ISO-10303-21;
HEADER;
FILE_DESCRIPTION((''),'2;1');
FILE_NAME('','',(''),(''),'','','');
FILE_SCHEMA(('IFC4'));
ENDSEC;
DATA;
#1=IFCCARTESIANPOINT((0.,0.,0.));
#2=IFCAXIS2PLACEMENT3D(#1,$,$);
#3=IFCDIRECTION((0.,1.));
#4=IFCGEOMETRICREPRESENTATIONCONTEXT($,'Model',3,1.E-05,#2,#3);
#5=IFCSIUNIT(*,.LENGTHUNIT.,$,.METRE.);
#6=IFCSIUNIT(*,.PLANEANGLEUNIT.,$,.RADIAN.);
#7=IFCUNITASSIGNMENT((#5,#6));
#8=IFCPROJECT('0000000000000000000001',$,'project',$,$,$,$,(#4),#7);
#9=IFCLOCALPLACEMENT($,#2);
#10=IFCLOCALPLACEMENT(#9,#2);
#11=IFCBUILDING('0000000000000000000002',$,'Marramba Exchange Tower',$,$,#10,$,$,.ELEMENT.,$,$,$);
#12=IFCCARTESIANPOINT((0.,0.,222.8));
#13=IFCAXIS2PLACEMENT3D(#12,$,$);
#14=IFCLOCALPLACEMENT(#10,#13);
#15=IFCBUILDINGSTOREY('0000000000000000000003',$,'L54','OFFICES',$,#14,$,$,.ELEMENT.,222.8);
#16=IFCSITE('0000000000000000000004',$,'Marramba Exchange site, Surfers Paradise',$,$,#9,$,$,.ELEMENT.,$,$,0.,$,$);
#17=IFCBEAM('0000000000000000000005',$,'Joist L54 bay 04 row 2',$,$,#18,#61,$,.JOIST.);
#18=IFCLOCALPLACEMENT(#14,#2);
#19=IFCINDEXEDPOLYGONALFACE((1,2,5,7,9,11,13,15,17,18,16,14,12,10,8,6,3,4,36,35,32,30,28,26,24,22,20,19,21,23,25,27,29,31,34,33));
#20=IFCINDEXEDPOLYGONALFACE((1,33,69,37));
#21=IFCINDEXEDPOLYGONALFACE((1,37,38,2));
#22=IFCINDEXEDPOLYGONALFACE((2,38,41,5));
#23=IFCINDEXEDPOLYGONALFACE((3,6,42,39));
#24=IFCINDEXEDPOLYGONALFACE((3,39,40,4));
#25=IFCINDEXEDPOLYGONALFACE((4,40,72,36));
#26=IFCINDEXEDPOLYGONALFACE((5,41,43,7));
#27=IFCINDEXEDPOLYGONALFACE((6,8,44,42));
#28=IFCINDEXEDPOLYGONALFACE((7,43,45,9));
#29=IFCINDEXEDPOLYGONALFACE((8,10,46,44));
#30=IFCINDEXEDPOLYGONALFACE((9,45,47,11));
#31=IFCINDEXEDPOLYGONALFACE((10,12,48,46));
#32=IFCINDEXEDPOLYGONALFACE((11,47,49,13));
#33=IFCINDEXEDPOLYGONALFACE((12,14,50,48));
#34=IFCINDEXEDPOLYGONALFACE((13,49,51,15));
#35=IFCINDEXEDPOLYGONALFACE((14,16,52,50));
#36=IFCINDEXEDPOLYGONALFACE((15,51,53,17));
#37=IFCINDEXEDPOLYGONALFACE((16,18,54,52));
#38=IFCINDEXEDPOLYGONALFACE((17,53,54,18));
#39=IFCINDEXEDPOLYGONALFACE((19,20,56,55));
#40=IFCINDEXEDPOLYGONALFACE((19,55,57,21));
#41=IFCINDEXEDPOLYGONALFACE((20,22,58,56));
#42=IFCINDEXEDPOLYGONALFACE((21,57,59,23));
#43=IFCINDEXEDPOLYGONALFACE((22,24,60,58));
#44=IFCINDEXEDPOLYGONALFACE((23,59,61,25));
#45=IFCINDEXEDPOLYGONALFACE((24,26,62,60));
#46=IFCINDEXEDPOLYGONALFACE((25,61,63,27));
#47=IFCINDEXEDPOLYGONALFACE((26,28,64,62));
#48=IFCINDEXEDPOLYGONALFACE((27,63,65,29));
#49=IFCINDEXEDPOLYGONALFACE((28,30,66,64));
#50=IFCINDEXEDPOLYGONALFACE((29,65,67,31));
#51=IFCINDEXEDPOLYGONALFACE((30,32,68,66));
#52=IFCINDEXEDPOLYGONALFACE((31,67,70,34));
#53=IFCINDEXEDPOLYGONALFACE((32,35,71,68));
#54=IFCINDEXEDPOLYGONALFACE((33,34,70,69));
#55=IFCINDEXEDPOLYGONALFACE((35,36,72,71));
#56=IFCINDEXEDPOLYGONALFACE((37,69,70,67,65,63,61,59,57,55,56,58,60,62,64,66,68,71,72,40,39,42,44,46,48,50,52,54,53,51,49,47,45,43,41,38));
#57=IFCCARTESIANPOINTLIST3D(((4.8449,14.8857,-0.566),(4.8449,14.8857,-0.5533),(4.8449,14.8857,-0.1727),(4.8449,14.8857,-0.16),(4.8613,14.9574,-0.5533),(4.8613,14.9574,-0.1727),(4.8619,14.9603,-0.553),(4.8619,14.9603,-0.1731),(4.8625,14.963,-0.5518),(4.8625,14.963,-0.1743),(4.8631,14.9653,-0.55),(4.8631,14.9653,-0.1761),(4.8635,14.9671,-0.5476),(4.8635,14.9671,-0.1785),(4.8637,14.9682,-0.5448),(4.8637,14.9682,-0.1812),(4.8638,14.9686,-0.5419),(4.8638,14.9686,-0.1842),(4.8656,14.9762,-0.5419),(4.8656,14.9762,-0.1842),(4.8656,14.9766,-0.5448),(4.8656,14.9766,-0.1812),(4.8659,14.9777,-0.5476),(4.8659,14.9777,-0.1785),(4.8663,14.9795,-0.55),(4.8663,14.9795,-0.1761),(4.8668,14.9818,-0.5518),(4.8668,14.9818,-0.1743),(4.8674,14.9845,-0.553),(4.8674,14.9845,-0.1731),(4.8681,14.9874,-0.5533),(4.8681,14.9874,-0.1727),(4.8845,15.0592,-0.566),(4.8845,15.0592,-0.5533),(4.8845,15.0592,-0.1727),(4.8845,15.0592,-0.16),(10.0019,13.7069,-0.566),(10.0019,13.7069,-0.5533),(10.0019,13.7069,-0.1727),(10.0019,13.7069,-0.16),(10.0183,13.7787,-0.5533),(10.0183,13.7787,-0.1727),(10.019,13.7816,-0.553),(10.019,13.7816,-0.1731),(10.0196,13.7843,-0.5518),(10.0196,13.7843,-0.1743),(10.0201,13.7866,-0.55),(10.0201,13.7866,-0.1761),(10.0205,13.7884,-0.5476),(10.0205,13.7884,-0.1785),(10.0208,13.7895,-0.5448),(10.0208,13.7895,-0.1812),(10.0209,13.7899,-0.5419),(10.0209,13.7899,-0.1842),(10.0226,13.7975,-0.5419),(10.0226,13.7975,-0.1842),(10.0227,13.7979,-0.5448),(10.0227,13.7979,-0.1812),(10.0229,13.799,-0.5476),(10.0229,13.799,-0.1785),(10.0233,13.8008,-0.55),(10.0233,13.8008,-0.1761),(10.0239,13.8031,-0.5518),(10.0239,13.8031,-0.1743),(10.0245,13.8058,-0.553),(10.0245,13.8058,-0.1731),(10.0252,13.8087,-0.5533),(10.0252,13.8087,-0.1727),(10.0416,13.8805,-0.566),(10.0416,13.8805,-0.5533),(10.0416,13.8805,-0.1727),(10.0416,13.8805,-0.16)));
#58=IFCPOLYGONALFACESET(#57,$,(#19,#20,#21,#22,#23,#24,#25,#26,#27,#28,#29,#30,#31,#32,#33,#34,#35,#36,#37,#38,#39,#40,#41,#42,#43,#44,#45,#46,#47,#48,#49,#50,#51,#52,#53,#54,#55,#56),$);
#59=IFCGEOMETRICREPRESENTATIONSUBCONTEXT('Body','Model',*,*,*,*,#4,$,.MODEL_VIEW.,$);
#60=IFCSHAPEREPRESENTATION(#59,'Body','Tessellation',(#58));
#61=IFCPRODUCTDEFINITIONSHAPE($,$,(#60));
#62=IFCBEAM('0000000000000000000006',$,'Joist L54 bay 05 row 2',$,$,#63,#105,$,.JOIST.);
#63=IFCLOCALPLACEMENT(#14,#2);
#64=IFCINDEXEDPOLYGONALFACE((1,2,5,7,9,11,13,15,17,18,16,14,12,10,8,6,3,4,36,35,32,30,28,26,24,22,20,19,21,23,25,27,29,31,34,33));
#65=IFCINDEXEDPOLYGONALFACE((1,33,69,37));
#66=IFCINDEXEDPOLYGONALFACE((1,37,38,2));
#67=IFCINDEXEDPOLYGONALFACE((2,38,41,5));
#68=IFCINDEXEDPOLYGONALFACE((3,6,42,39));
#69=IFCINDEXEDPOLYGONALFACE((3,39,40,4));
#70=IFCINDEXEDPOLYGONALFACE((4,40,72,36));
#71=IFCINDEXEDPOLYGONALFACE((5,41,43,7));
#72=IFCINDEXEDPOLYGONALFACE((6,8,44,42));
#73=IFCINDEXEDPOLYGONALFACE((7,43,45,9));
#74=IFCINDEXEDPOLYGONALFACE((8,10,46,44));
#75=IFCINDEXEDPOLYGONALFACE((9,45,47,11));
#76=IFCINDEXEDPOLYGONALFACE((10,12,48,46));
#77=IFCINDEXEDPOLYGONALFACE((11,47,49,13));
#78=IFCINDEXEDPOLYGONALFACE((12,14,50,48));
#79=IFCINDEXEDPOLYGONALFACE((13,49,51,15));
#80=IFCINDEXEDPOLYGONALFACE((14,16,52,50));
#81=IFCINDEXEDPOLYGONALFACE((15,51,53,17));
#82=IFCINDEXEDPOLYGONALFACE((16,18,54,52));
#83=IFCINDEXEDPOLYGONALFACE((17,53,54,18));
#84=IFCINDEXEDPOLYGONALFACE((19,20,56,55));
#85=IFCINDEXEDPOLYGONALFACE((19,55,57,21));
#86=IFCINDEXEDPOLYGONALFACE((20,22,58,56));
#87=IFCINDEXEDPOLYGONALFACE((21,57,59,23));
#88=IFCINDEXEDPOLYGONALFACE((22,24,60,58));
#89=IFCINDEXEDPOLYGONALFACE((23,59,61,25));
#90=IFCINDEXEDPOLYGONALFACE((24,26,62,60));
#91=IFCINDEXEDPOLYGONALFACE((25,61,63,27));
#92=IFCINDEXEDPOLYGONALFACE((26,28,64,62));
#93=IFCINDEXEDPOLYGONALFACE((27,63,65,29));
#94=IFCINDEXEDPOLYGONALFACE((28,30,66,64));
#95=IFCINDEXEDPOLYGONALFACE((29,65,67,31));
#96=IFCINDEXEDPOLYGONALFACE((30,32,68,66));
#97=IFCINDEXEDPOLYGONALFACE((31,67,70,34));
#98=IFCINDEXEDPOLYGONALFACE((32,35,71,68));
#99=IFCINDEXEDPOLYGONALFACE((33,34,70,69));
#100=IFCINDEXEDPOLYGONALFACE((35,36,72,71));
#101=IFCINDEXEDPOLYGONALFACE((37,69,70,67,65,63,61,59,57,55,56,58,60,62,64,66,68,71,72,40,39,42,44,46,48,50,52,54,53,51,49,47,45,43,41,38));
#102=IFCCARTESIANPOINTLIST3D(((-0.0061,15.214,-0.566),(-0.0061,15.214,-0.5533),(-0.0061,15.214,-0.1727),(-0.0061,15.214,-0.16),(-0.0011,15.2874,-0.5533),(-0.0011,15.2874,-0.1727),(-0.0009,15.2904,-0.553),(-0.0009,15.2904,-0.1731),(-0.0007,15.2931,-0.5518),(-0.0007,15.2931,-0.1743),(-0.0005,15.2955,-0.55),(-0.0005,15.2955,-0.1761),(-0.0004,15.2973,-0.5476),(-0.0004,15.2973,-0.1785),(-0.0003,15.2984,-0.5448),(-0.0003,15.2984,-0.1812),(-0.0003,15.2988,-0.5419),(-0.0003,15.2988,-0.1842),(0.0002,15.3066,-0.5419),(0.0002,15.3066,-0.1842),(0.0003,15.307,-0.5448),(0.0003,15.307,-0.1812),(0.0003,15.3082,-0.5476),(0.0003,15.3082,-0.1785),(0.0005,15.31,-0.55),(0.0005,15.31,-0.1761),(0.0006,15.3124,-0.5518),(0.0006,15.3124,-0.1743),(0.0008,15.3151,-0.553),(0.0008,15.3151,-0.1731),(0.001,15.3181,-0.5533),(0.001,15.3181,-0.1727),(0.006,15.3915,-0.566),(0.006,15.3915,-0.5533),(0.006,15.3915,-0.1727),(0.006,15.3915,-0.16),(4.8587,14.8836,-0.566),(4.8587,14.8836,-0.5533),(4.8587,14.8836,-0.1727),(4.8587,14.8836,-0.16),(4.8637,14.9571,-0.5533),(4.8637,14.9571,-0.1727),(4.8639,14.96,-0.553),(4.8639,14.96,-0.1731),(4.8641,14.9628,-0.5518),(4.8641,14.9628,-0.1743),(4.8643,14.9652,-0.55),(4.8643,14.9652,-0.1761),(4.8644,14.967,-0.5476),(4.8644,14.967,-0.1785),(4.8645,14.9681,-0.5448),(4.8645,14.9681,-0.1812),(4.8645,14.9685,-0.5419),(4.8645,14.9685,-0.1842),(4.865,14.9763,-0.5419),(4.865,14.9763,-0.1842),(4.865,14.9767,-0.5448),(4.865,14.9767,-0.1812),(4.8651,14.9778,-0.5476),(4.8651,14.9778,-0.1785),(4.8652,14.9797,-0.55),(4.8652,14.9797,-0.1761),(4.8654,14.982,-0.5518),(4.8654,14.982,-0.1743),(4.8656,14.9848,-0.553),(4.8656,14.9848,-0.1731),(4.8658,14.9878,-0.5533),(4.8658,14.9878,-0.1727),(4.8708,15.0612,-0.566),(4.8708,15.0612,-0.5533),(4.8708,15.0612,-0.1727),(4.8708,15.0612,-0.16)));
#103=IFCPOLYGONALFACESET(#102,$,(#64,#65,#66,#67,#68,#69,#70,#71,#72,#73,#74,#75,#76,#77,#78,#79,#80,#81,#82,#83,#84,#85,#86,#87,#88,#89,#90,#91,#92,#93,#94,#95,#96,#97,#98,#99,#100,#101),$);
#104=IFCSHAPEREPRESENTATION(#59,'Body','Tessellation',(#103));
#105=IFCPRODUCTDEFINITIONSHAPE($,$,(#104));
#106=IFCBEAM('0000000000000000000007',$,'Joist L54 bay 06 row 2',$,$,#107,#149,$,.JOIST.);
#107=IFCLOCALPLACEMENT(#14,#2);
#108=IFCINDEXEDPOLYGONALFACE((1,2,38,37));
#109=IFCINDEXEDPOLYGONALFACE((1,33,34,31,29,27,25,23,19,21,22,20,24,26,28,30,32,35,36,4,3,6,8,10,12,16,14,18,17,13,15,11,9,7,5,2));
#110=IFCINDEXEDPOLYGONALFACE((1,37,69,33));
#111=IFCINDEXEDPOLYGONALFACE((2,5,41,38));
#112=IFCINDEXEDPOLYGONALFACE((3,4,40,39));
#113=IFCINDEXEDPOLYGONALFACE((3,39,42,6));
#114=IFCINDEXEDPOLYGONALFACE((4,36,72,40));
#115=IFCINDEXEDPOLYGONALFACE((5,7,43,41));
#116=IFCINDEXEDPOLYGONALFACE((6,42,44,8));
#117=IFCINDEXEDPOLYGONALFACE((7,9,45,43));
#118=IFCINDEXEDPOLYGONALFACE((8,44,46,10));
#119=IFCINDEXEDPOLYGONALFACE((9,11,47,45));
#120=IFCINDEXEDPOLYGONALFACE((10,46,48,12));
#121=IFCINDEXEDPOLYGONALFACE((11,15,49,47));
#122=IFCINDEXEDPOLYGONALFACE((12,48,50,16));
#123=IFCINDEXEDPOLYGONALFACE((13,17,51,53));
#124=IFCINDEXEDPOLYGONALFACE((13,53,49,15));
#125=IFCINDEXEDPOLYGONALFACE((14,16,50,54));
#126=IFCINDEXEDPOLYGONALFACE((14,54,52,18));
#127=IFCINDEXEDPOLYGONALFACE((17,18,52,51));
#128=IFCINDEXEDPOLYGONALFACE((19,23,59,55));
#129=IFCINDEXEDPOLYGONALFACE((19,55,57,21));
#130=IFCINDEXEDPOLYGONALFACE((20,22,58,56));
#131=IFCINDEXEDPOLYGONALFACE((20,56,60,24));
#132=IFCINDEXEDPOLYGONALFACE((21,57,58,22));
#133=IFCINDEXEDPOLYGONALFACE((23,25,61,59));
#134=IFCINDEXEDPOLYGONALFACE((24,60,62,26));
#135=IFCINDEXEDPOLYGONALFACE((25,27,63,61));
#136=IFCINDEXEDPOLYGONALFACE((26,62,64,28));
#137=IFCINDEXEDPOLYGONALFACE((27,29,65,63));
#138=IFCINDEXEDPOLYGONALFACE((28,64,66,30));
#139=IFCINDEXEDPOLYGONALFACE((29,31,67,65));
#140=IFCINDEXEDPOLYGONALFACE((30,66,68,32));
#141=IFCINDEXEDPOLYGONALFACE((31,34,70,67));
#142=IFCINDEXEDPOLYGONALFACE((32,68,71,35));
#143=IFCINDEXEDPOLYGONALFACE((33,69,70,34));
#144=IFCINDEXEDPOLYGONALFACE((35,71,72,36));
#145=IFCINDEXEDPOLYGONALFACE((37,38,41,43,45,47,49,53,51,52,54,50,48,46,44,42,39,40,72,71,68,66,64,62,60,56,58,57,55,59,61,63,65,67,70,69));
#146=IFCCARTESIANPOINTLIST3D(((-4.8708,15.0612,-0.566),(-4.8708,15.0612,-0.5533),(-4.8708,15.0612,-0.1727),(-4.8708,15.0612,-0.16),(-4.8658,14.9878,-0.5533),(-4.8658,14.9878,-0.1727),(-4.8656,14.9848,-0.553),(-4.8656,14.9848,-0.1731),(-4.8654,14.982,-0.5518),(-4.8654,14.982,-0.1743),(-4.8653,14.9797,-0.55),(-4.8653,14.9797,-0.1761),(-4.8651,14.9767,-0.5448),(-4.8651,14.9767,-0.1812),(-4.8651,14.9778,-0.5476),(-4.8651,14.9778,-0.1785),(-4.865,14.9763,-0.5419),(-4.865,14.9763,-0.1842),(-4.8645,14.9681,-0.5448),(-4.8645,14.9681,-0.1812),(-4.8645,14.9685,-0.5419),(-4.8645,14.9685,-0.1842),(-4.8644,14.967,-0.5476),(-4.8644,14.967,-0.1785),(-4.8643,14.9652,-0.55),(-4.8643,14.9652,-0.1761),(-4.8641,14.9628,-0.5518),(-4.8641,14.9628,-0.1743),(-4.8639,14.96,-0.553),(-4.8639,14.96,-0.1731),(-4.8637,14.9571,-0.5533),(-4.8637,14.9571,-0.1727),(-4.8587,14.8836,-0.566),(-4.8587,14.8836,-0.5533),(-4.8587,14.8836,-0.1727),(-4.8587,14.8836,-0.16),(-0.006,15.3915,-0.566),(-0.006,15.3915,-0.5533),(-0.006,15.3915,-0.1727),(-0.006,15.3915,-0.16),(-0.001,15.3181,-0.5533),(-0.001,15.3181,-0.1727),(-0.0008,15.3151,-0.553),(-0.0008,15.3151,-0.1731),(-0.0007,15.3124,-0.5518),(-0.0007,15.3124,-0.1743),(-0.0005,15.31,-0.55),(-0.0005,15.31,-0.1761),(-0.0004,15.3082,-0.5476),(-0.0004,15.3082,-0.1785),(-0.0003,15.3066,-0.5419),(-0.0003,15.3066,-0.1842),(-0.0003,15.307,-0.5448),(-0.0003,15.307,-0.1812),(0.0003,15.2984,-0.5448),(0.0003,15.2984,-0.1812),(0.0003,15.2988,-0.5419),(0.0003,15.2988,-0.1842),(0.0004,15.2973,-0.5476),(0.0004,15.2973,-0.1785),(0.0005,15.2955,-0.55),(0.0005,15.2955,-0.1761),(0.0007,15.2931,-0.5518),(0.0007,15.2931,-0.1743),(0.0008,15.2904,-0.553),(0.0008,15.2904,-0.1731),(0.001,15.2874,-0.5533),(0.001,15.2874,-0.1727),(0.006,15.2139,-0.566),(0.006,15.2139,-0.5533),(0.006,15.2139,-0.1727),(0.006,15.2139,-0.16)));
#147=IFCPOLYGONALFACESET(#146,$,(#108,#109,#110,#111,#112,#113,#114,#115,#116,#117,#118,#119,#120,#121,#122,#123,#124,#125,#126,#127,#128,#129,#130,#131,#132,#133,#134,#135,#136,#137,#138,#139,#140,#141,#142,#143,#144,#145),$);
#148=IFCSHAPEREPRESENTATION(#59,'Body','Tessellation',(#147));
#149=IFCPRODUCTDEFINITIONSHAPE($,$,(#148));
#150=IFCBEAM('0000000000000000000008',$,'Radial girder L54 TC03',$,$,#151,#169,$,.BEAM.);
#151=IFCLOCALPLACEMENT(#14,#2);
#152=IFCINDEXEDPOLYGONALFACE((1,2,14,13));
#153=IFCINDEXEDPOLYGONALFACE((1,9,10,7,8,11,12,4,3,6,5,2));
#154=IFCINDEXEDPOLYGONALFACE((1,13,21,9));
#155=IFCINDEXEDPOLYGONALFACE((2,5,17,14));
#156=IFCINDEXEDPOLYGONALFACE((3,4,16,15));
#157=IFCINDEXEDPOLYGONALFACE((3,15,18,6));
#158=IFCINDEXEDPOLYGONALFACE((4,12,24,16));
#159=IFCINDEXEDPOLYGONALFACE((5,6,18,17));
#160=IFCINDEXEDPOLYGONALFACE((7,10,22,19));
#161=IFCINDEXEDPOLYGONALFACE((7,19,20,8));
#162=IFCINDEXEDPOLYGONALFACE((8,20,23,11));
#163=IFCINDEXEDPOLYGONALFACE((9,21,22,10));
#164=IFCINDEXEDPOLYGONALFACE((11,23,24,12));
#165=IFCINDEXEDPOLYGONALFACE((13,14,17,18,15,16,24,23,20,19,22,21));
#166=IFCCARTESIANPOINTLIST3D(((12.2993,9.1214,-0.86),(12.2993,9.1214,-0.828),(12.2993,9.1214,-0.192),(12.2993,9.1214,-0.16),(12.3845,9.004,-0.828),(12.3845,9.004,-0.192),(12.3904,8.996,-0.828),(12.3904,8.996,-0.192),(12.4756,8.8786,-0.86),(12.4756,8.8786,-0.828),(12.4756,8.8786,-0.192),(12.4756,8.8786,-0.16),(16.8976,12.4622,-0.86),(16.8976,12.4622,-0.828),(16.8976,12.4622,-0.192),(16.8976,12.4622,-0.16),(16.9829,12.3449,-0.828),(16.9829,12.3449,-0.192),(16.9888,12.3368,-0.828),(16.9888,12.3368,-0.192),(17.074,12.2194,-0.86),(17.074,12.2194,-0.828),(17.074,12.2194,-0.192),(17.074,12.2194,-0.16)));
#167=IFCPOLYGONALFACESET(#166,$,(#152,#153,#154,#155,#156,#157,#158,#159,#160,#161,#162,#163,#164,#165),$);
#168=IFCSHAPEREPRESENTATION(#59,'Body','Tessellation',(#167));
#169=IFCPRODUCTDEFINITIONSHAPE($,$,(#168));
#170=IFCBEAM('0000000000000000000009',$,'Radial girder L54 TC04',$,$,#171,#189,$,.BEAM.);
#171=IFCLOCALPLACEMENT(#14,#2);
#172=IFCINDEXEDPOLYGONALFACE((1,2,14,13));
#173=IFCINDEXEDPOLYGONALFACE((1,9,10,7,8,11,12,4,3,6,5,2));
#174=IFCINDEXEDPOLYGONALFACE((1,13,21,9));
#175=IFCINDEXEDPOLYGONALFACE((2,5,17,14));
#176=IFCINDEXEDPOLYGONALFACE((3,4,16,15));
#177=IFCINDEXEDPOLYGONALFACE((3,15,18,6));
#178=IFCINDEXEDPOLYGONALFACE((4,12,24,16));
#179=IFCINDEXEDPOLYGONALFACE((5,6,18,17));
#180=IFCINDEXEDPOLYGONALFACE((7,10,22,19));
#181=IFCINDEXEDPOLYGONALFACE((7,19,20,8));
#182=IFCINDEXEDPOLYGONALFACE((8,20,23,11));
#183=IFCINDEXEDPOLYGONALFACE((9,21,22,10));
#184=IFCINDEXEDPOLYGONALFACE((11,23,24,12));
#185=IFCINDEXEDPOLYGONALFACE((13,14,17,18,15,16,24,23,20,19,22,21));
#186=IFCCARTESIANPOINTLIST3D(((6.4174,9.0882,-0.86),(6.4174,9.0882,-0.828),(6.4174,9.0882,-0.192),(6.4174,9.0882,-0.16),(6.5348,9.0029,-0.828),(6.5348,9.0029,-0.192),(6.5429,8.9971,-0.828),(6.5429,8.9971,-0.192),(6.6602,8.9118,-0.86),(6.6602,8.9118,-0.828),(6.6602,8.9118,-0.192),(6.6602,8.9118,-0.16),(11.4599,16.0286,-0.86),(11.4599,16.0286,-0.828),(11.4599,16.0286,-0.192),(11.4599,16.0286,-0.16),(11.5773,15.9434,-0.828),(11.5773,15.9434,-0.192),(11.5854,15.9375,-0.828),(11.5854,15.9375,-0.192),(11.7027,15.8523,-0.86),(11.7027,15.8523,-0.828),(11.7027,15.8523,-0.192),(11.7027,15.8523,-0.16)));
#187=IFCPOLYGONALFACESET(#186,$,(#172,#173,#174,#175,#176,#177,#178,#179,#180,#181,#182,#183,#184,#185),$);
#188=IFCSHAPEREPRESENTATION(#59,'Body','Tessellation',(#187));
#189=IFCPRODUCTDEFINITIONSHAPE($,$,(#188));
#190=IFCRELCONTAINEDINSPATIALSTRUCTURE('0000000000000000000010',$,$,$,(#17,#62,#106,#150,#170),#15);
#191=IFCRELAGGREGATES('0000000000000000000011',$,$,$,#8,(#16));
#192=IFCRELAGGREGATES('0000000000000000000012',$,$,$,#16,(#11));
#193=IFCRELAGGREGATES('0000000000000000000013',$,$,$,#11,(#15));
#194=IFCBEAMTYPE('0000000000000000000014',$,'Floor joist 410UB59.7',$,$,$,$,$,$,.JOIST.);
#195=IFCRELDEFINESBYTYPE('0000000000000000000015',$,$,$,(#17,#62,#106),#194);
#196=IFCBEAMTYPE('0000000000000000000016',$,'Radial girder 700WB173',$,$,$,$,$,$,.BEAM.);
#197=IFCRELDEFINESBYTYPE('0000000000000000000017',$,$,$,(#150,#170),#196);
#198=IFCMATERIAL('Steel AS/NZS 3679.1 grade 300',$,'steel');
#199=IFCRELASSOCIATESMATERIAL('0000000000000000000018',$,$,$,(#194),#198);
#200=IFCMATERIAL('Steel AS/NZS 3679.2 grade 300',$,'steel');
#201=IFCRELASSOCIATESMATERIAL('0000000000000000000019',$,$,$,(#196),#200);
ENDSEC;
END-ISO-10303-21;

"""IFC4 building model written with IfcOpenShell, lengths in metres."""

from ifc_helpers import new_model, si_unit, direction, frame, origin, origin_2d, place, context, subcontext, project, spatial, i_section, extrude, material, material_profile, profile_set, type_object, element, save


model = new_model("IFC4")

# Units and contexts
model_context = context("Model", 3, precision=1e-05, world=origin(), true_north=direction((0.0, 1.0)))
body_context = subcontext(model_context, "Body", "Model", "MODEL_VIEW")
ifc_project = project(units=[si_unit("LENGTHUNIT", "METRE"), si_unit("PLANEANGLEUNIT", "RADIAN")], contexts=[model_context])

# Site, building, storey
site_placement = place(None, origin())
site = spatial("IfcSite", under=ifc_project, at=site_placement, Name="Marramba Exchange site, Surfers Paradise", CompositionType="ELEMENT", RefElevation=0.0)
building_placement = place(site_placement, origin())
building = spatial("IfcBuilding", under=site, at=building_placement, Name="Marramba Exchange Tower", CompositionType="ELEMENT")
storey_placement = place(building_placement, frame((0.0, 0.0, 222.8)))
storey = spatial("IfcBuildingStorey", under=building, at=storey_placement, Name="L54", Description="OFFICES", CompositionType="ELEMENT", Elevation=222.8)

# Beams
ifc_material_1 = material(Name="Steel AS/NZS 3679.1 grade 300", Category="steel")
ifc_material_profile_1 = material_profile(ifc_material_1, i_section(OverallWidth=0.178, OverallDepth=0.406, WebThickness=0.0078, FlangeThickness=0.0127, FilletRadius=0.0115, at=origin_2d()), Name="410UB59.7")
ifc_profile_set_1 = profile_set([ifc_material_profile_1], Name="Steel AS/NZS 3679.1 grade 300")
beam_type_1 = type_object("IfcBeamType", Name="Floor joist 410UB59.7", PredefinedType="JOIST", material=ifc_profile_set_1)
beam_1_placement = place(storey_placement, frame((10.0217, 13.7937, -0.363), z_axis=(-0.97486, 0.22282, 0.0), x_axis=(-0.22282, -0.97486, 0.0)))
element("IfcBeam", 1, at=beam_1_placement, inside=storey, type_object=beam_type_1, Name="Joist L54 bay 04 row 2", PredefinedType="JOIST", context=body_context, shape_type="SweptSolid", body=[
    extrude(i_section(OverallWidth=0.178, OverallDepth=0.406, WebThickness=0.0078, FlangeThickness=0.0127, FilletRadius=0.0115, at=origin_2d()), origin(), (0.0, 0.0, 1.0), 5.29),
])
for number, where, z_axis, x_axis, name in (
    (2, (4.8647, 14.9724, -0.363), (-0.997703, 0.067745, 0.0), (-0.067745, -0.997703, 0.0), "Joist L54 bay 05 row 2"),
    (3, (0.0, 15.3027, -0.363), (-0.997703, -0.067745, 0.0), (0.067745, -0.997703, 0.0), "Joist L54 bay 06 row 2"),
):
    element("IfcBeam", number, at=place(storey_placement, frame(where, z_axis=z_axis, x_axis=x_axis)), inside=storey, type_object=beam_type_1, Name=name, PredefinedType="JOIST", context=body_context, shape_type="SweptSolid", body=[
        extrude(i_section(OverallWidth=0.178, OverallDepth=0.406, WebThickness=0.0078, FlangeThickness=0.0127, FilletRadius=0.0115, at=origin_2d()), origin(), (0.0, 0.0, 1.0), 4.876),
    ])
ifc_material_2 = material(Name="Steel AS/NZS 3679.2 grade 300", Category="steel")
ifc_material_profile_2 = material_profile(ifc_material_2, i_section(OverallWidth=0.3, OverallDepth=0.7, WebThickness=0.01, FlangeThickness=0.032, at=origin_2d()), Name="700WB173")
ifc_profile_set_2 = profile_set([ifc_material_profile_2], Name="Steel AS/NZS 3679.2 grade 300")
beam_type_2 = type_object("IfcBeamType", Name="Radial girder 700WB173", PredefinedType="BEAM", material=ifc_profile_set_2)
beam_2_placement = place(storey_placement, frame((12.3875, 9.0, -0.51), z_axis=(0.809026, 0.587773, 0.0), x_axis=(-0.587773, 0.809026, 0.0)))
element("IfcBeam", 4, at=beam_2_placement, inside=storey, type_object=beam_type_2, Name="Radial girder L54 TC03", PredefinedType="BEAM", context=body_context, shape_type="SweptSolid", body=[
    extrude(i_section(OverallWidth=0.3, OverallDepth=0.7, WebThickness=0.01, FlangeThickness=0.032, at=origin_2d()), origin(), (0.0, 0.0, 1.0), 5.6838),
])
beam_3_placement = place(storey_placement, frame((6.5388, 9.0, -0.51), z_axis=(0.587782, 0.809019, 0.0), x_axis=(-0.809019, 0.587782, 0.0)))
element("IfcBeam", 5, at=beam_3_placement, inside=storey, type_object=beam_type_2, Name="Radial girder L54 TC04", PredefinedType="BEAM", context=body_context, shape_type="SweptSolid", body=[
    extrude(i_section(OverallWidth=0.3, OverallDepth=0.7, WebThickness=0.01, FlangeThickness=0.032, at=origin_2d()), origin(), (0.0, 0.0, 1.0), 8.5789),
])

save(model, "model.ifc")
